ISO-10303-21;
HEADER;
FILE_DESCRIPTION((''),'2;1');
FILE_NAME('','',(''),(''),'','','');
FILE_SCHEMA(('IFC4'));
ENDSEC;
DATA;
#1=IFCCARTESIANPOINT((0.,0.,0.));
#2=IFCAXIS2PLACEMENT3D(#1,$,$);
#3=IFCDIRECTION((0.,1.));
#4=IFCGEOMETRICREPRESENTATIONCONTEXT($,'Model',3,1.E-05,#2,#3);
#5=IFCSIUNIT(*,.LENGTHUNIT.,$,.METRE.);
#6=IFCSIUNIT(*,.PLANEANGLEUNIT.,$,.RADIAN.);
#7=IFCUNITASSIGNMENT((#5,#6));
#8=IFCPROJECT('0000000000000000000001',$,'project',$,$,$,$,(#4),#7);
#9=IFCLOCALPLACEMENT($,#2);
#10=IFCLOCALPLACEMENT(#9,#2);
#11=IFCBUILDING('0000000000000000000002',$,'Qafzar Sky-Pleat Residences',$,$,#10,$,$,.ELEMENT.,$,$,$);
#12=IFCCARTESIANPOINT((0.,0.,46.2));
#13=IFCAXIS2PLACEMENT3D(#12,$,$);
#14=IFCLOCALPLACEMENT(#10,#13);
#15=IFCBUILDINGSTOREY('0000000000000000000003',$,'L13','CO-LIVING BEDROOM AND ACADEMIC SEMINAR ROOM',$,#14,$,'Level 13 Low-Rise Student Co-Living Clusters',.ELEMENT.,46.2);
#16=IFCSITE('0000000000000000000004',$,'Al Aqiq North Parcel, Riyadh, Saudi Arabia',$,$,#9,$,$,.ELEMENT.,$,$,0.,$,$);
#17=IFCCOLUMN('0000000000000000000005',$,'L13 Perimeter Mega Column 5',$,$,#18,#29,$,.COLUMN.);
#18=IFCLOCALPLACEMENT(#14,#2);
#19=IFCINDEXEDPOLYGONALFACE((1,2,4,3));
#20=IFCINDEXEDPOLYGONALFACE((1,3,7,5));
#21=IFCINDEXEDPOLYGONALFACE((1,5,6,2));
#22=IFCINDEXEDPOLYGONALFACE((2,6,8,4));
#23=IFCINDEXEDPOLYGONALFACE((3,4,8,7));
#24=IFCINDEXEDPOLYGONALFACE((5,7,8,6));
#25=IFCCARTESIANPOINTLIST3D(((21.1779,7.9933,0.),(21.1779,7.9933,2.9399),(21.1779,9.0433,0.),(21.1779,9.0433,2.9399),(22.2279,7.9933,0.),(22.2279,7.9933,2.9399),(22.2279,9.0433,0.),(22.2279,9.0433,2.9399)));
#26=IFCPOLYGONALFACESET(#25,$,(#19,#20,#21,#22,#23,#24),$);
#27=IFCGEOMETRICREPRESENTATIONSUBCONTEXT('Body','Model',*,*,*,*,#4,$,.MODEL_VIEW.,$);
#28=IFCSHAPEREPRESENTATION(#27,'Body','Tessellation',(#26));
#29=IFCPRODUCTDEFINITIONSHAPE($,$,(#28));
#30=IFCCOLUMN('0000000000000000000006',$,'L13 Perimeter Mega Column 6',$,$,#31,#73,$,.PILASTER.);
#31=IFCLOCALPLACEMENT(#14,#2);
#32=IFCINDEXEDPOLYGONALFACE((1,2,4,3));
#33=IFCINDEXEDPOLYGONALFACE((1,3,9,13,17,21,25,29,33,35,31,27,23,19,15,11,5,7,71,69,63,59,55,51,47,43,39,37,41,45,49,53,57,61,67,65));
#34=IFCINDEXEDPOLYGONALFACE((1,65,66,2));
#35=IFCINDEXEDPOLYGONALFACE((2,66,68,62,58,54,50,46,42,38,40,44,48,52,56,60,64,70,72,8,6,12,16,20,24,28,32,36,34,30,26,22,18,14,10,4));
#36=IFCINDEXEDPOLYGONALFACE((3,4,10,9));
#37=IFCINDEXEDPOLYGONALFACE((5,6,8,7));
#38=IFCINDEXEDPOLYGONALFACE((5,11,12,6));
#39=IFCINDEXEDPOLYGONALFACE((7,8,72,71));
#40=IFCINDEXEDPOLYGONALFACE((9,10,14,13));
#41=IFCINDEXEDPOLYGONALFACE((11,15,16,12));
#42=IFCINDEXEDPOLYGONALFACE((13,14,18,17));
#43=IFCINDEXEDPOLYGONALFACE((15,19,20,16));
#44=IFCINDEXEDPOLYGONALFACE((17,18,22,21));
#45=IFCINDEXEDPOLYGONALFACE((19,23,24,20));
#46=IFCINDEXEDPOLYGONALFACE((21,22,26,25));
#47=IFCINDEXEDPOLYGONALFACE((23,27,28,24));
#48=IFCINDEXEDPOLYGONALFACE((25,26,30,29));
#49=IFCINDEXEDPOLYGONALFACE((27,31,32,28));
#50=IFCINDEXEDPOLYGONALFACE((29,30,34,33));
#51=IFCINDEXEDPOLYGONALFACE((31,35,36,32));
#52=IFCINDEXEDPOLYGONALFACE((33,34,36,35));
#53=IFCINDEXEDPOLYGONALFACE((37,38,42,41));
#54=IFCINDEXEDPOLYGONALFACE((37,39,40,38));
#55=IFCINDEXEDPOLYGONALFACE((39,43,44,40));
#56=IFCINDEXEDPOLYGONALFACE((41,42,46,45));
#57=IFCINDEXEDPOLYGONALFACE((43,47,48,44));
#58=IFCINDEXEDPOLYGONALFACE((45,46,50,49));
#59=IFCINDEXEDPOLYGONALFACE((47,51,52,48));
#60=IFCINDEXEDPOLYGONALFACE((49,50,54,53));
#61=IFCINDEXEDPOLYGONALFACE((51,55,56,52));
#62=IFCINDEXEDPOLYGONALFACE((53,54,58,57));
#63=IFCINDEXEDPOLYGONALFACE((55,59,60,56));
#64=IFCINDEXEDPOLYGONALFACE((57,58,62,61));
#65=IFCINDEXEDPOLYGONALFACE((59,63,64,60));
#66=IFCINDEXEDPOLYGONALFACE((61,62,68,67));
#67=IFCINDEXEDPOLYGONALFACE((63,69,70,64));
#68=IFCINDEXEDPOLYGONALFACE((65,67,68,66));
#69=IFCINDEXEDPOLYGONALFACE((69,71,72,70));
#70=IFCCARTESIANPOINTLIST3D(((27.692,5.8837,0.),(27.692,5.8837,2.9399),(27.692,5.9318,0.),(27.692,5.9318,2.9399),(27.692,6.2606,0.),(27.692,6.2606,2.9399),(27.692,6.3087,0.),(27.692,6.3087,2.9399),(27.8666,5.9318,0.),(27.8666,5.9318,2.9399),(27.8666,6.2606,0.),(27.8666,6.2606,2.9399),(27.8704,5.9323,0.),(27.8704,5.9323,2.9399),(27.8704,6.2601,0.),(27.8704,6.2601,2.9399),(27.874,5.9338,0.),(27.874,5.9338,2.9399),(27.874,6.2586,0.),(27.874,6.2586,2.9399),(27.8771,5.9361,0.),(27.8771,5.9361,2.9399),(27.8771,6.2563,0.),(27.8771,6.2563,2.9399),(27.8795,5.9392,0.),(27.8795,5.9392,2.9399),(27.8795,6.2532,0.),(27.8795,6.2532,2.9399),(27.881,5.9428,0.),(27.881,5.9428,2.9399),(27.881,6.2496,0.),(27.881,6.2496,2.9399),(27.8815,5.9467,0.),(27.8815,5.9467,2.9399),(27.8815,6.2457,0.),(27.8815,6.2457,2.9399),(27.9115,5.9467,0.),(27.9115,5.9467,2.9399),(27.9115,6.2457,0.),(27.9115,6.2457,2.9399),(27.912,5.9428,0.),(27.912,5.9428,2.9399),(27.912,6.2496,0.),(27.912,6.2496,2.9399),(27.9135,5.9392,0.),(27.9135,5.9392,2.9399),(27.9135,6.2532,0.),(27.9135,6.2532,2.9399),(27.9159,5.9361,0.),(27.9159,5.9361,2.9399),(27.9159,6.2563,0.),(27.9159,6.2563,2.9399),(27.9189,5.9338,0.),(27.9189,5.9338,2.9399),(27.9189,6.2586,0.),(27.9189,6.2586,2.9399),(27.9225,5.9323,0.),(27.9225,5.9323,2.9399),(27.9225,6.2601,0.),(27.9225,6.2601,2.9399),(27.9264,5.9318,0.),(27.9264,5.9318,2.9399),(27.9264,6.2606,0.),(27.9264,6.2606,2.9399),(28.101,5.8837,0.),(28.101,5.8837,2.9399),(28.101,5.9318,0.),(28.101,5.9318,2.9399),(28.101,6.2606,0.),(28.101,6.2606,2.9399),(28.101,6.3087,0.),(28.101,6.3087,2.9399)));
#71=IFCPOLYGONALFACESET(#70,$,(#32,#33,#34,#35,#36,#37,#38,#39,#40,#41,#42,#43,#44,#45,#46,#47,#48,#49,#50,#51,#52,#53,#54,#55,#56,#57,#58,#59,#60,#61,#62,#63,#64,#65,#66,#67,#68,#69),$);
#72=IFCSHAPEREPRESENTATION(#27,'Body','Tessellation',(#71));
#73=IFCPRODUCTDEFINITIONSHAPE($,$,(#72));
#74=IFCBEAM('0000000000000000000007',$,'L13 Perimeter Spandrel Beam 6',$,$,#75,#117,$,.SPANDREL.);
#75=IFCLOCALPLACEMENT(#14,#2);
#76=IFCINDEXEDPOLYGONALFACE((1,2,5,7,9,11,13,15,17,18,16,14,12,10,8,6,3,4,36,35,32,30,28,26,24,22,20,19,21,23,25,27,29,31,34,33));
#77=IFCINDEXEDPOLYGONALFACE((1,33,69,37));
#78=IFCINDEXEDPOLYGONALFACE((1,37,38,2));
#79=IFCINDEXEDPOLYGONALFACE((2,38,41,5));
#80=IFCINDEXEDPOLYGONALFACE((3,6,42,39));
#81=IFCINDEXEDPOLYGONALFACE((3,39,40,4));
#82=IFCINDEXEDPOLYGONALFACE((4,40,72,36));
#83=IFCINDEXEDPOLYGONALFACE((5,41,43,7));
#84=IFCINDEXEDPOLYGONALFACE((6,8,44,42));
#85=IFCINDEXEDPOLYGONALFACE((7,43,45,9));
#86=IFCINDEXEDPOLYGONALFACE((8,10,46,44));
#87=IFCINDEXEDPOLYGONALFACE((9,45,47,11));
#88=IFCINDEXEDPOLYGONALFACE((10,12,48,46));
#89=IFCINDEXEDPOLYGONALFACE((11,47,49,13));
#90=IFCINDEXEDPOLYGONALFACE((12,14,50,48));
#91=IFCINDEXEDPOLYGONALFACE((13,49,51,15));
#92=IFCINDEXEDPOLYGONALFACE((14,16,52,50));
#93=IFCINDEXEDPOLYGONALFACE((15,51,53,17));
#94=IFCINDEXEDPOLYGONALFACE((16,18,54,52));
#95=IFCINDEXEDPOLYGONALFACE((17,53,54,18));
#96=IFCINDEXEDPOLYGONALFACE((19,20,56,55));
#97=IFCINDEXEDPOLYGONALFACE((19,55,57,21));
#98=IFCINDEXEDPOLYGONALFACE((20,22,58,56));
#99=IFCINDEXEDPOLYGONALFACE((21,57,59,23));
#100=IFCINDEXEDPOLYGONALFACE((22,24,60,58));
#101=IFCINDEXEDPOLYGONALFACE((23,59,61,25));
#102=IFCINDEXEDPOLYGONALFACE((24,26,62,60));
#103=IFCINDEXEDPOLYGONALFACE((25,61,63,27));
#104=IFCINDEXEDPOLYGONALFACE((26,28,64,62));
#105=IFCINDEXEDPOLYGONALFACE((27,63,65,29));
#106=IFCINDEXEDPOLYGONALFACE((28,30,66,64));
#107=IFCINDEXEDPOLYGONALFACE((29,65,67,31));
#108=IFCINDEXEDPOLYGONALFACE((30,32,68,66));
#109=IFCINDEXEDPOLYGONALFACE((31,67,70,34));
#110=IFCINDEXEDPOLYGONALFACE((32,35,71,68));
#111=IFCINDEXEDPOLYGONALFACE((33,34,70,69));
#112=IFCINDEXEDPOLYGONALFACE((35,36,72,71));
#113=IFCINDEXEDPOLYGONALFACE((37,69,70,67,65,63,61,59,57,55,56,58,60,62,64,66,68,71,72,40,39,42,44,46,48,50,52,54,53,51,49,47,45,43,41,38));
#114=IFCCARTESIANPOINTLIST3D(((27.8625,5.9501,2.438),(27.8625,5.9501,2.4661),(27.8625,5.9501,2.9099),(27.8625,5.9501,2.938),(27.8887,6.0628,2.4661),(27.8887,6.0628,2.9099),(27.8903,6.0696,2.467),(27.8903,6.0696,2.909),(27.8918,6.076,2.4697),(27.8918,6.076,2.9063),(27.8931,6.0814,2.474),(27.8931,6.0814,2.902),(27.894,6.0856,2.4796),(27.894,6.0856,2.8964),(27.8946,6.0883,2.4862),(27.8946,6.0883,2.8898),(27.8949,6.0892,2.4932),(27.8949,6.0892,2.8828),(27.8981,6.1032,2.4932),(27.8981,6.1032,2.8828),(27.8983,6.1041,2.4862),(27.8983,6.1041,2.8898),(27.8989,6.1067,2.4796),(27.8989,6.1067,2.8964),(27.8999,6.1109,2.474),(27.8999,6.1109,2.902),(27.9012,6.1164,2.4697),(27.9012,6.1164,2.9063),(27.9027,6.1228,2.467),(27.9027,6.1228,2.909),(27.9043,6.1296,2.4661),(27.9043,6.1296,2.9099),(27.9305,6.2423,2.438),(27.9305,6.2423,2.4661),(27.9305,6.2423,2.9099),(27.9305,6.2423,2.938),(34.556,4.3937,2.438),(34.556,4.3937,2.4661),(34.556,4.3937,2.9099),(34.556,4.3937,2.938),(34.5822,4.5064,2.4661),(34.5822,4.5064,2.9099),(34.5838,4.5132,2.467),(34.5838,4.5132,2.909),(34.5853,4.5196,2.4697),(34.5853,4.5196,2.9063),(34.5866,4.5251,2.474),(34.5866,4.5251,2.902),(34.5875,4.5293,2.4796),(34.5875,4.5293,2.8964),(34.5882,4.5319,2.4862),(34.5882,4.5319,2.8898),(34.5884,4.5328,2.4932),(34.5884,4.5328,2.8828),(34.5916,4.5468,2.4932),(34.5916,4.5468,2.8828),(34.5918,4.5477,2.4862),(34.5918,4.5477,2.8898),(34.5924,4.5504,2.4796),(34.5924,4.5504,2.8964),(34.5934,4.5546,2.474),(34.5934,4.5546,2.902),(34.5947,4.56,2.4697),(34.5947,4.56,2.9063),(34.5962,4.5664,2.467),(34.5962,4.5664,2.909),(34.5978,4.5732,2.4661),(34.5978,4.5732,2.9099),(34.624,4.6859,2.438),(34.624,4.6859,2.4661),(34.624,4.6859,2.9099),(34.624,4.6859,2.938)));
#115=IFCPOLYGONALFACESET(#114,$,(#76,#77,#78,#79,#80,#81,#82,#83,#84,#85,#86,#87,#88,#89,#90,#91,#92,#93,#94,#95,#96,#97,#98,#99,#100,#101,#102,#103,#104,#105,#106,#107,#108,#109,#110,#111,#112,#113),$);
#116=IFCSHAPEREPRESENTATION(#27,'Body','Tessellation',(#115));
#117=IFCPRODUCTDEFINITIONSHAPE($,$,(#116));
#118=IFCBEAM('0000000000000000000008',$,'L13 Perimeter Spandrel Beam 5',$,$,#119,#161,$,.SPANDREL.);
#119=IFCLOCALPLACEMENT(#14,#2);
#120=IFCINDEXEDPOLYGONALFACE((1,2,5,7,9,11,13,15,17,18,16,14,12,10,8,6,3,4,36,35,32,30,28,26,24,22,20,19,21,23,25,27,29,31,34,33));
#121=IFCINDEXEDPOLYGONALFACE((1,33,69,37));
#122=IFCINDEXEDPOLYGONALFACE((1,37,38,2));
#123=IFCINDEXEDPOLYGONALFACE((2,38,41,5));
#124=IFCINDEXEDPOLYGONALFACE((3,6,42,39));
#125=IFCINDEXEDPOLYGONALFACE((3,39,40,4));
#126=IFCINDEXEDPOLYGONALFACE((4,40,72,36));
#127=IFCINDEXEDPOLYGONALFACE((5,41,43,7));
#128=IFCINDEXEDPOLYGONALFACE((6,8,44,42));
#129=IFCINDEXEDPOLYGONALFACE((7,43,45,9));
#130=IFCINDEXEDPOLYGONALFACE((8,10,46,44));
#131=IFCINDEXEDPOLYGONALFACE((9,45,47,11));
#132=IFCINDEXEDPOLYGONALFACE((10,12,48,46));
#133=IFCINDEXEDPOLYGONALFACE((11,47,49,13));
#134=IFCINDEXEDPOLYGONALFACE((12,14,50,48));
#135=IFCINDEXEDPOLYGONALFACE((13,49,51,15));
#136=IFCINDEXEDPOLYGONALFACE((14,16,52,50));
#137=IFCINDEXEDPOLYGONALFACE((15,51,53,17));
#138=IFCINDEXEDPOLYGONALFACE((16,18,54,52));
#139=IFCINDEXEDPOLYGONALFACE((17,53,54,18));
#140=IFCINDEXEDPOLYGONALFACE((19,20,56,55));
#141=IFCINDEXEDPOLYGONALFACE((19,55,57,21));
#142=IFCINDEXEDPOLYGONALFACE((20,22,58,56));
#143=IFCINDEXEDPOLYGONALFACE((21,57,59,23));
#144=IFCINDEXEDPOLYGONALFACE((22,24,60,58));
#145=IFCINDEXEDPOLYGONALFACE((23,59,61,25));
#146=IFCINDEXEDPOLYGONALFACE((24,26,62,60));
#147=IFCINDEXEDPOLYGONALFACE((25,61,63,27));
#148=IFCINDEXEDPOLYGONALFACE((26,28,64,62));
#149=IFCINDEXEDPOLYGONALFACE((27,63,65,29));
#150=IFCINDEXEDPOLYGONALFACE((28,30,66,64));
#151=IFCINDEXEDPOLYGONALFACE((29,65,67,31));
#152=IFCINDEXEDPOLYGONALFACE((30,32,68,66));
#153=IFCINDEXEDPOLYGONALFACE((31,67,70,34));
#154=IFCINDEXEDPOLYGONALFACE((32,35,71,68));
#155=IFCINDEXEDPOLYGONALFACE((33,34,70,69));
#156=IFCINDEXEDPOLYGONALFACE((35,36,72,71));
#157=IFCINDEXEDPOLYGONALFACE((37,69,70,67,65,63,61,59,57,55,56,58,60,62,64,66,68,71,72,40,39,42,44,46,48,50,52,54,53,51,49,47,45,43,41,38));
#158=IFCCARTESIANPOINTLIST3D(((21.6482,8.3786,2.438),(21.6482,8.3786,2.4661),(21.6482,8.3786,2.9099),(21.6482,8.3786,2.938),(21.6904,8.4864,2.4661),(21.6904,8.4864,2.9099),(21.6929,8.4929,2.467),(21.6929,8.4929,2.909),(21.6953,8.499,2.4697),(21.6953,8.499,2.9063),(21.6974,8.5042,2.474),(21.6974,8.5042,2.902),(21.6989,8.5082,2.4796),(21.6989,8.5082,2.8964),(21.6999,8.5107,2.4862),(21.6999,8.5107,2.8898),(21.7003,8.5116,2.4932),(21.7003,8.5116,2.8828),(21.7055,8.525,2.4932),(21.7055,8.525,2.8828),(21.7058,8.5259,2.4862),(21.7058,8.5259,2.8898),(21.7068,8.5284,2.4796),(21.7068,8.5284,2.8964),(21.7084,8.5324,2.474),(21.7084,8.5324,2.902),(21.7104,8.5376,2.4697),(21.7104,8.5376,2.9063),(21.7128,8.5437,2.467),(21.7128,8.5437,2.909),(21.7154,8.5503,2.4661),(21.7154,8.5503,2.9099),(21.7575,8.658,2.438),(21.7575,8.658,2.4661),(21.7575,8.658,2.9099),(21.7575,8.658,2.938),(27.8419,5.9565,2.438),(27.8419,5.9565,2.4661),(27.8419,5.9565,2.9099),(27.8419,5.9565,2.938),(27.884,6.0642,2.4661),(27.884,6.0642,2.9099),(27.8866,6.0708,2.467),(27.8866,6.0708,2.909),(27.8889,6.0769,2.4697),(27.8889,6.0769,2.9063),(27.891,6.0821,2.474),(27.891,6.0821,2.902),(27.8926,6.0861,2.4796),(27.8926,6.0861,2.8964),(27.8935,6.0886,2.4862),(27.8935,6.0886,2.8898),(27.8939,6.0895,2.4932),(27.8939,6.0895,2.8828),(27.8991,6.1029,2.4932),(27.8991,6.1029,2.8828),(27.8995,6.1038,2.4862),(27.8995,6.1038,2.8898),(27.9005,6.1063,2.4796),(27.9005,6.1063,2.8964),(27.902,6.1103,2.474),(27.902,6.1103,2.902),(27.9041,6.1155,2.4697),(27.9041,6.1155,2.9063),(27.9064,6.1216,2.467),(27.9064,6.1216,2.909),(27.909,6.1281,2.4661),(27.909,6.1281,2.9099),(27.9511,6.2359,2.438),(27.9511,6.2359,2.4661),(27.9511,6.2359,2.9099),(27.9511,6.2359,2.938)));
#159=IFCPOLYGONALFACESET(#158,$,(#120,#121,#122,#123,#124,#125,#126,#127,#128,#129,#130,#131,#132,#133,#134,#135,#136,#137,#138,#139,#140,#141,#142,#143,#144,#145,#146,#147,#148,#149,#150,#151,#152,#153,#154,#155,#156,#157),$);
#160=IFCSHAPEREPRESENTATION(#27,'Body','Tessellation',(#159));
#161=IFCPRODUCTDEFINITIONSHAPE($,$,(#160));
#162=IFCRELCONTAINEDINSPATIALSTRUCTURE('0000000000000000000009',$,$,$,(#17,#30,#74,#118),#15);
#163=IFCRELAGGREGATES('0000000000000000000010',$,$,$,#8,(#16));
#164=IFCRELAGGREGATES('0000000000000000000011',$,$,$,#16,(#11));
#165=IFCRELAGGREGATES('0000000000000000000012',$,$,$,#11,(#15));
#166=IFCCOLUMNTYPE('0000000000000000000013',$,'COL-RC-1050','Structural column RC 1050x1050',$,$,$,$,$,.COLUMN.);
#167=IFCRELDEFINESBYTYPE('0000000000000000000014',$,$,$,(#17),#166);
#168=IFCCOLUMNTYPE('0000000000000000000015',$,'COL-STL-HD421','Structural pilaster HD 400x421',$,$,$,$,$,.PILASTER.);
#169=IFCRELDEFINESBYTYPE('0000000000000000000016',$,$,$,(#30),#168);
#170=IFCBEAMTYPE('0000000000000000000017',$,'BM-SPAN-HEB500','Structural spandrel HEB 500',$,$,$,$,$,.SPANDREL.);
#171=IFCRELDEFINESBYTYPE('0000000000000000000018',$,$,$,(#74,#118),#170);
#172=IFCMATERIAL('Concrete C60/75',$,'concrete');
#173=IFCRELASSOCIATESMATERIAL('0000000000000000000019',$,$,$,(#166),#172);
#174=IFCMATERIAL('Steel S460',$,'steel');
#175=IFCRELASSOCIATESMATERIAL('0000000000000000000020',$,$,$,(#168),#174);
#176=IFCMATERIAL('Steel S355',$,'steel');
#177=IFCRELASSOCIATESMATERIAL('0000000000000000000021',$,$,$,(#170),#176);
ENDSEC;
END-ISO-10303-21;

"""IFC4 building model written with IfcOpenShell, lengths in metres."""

from ifc_helpers import new_model, si_unit, direction, frame, origin, origin_2d, place, context, subcontext, project, spatial, rectangle, i_section, extrude, source, transform, mapped, material, material_profile, profile_set, type_object, element, save


model = new_model("IFC4")

# Units and contexts
model_context = context("Model", 3, precision=1e-05, world=origin(), true_north=direction((0.0, 1.0)))
body_context = subcontext(model_context, "Body", "Model", "MODEL_VIEW")
ifc_project = project(units=[si_unit("LENGTHUNIT", "METRE"), si_unit("PLANEANGLEUNIT", "RADIAN")], contexts=[model_context])

# Site, building, storey
site_placement = place(None, origin())
site = spatial("IfcSite", under=ifc_project, at=site_placement, Name="Al Aqiq North Parcel, Riyadh, Saudi Arabia", CompositionType="ELEMENT", RefElevation=0.0)
building_placement = place(site_placement, origin())
building = spatial("IfcBuilding", under=site, at=building_placement, Name="Qafzar Sky-Pleat Residences", CompositionType="ELEMENT")
storey_placement = place(building_placement, frame((0.0, 0.0, 46.2)))
storey = spatial("IfcBuildingStorey", under=building, at=storey_placement, Name="L13", Description="CO-LIVING BEDROOM AND ACADEMIC SEMINAR ROOM", LongName="Level 13 Low-Rise Student Co-Living Clusters", CompositionType="ELEMENT", Elevation=46.2)

# Columns
ifc_material_1 = material(Name="Concrete C60/75", Category="concrete")
ifc_material_profile_1 = material_profile(ifc_material_1, rectangle(XDim=1.05, YDim=1.05, at=origin_2d()), Name="RC 1050x1050")
ifc_profile_set_1 = profile_set([ifc_material_profile_1], Name="Concrete C60/75")
column_type_1 = type_object("IfcColumnType", Name="COL-RC-1050", Description="Structural column RC 1050x1050", PredefinedType="COLUMN", material=ifc_profile_set_1)
shared_shape_1 = source(origin(), body_context, "Body", "SweptSolid", [
    extrude(rectangle(XDim=1.05, YDim=1.05, at=origin_2d()), origin(), (0.0, 0.0, 1.0), 2.9399),
])
column_1_placement = place(storey_placement, frame((21.7029, 8.5183, 0.0), z_axis=(0.0, 0.0, 1.0), x_axis=(1.0, 0.0, 0.0)))
element("IfcColumn", 1, at=column_1_placement, inside=storey, type_object=column_type_1, Name="L13 Perimeter Mega Column 5", PredefinedType="COLUMN", context=body_context, shape_type="MappedRepresentation", body=[
    mapped(shared_shape_1, transform((0.0, 0.0, 0.0), x_axis=(1.0, 0.0, 0.0), y_axis=(0.0, 1.0, 0.0), z_axis=(0.0, 0.0, 1.0), scale=1.0)),
])
ifc_material_2 = material(Name="Steel S460", Category="steel")
ifc_material_profile_2 = material_profile(ifc_material_2, i_section(OverallWidth=0.4089, OverallDepth=0.425, WebThickness=0.03, FlangeThickness=0.0481, FilletRadius=0.0149, at=origin_2d()), Name="HD 400x421")
ifc_profile_set_2 = profile_set([ifc_material_profile_2], Name="Steel S460")
column_type_2 = type_object("IfcColumnType", Name="COL-STL-HD421", Description="Structural pilaster HD 400x421", PredefinedType="PILASTER", material=ifc_profile_set_2)
shared_shape_2 = source(origin(), body_context, "Body", "SweptSolid", [
    extrude(i_section(OverallWidth=0.4089, OverallDepth=0.425, WebThickness=0.03, FlangeThickness=0.0481, FilletRadius=0.0149, at=origin_2d()), origin(), (0.0, 0.0, 1.0), 2.9399),
])
column_2_placement = place(storey_placement, frame((27.8965, 6.0962, 0.0), z_axis=(0.0, 0.0, 1.0), x_axis=(1.0, 0.0, 0.0)))
element("IfcColumn", 2, at=column_2_placement, inside=storey, type_object=column_type_2, Name="L13 Perimeter Mega Column 6", PredefinedType="PILASTER", context=body_context, shape_type="MappedRepresentation", body=[
    mapped(shared_shape_2, transform((0.0, 0.0, 0.0), x_axis=(1.0, 0.0, 0.0), y_axis=(0.0, 1.0, 0.0), z_axis=(0.0, 0.0, 1.0), scale=1.0)),
])

# Beams
ifc_material_3 = material(Name="Steel S355", Category="steel")
ifc_material_profile_3 = material_profile(ifc_material_3, i_section(OverallWidth=0.3, OverallDepth=0.5, WebThickness=0.0144, FlangeThickness=0.0281, FilletRadius=0.0271, at=origin_2d()), Name="HEB 500")
ifc_profile_set_3 = profile_set([ifc_material_profile_3], Name="Steel S355")
beam_type_1 = type_object("IfcBeamType", Name="BM-SPAN-HEB500", Description="Structural spandrel HEB 500", PredefinedType="SPANDREL", material=ifc_profile_set_3)
shared_shape_3 = source(origin(), body_context, "Body", "SweptSolid", [
    extrude(i_section(OverallWidth=0.3, OverallDepth=0.5, WebThickness=0.0144, FlangeThickness=0.0281, FilletRadius=0.0271, at=origin_2d()), origin(), (0.0, 0.0, 1.0), 6.8721),
])
beam_1_placement = place(storey_placement, frame((27.8965, 6.0962, 2.688), z_axis=(0.974016, -0.226478, 0.0), x_axis=(0.226478, 0.974016, 0.0)))
element("IfcBeam", 3, at=beam_1_placement, inside=storey, type_object=beam_type_1, Name="L13 Perimeter Spandrel Beam 6", PredefinedType="SPANDREL", context=body_context, shape_type="MappedRepresentation", body=[
    mapped(shared_shape_3, transform((0.0, 0.0, 0.0), x_axis=(1.0, 0.0, 0.0), y_axis=(0.0, 1.0, 0.0), z_axis=(0.0, 0.0, 1.0), scale=1.0)),
])
shared_shape_4 = source(origin(), body_context, "Body", "SweptSolid", [
    extrude(i_section(OverallWidth=0.3, OverallDepth=0.5, WebThickness=0.0144, FlangeThickness=0.0281, FilletRadius=0.0271, at=origin_2d()), origin(), (0.0, 0.0, 1.0), 6.6504),
])
beam_2_placement = place(storey_placement, frame((21.7029, 8.5183, 2.688), z_axis=(0.931318, -0.364208, 0.0), x_axis=(0.364208, 0.931318, 0.0)))
element("IfcBeam", 4, at=beam_2_placement, inside=storey, type_object=beam_type_1, Name="L13 Perimeter Spandrel Beam 5", PredefinedType="SPANDREL", context=body_context, shape_type="MappedRepresentation", body=[
    mapped(shared_shape_4, transform((0.0, 0.0, 0.0), x_axis=(1.0, 0.0, 0.0), y_axis=(0.0, 1.0, 0.0), z_axis=(0.0, 0.0, 1.0), scale=1.0)),
])

save(model, "model.ifc")
